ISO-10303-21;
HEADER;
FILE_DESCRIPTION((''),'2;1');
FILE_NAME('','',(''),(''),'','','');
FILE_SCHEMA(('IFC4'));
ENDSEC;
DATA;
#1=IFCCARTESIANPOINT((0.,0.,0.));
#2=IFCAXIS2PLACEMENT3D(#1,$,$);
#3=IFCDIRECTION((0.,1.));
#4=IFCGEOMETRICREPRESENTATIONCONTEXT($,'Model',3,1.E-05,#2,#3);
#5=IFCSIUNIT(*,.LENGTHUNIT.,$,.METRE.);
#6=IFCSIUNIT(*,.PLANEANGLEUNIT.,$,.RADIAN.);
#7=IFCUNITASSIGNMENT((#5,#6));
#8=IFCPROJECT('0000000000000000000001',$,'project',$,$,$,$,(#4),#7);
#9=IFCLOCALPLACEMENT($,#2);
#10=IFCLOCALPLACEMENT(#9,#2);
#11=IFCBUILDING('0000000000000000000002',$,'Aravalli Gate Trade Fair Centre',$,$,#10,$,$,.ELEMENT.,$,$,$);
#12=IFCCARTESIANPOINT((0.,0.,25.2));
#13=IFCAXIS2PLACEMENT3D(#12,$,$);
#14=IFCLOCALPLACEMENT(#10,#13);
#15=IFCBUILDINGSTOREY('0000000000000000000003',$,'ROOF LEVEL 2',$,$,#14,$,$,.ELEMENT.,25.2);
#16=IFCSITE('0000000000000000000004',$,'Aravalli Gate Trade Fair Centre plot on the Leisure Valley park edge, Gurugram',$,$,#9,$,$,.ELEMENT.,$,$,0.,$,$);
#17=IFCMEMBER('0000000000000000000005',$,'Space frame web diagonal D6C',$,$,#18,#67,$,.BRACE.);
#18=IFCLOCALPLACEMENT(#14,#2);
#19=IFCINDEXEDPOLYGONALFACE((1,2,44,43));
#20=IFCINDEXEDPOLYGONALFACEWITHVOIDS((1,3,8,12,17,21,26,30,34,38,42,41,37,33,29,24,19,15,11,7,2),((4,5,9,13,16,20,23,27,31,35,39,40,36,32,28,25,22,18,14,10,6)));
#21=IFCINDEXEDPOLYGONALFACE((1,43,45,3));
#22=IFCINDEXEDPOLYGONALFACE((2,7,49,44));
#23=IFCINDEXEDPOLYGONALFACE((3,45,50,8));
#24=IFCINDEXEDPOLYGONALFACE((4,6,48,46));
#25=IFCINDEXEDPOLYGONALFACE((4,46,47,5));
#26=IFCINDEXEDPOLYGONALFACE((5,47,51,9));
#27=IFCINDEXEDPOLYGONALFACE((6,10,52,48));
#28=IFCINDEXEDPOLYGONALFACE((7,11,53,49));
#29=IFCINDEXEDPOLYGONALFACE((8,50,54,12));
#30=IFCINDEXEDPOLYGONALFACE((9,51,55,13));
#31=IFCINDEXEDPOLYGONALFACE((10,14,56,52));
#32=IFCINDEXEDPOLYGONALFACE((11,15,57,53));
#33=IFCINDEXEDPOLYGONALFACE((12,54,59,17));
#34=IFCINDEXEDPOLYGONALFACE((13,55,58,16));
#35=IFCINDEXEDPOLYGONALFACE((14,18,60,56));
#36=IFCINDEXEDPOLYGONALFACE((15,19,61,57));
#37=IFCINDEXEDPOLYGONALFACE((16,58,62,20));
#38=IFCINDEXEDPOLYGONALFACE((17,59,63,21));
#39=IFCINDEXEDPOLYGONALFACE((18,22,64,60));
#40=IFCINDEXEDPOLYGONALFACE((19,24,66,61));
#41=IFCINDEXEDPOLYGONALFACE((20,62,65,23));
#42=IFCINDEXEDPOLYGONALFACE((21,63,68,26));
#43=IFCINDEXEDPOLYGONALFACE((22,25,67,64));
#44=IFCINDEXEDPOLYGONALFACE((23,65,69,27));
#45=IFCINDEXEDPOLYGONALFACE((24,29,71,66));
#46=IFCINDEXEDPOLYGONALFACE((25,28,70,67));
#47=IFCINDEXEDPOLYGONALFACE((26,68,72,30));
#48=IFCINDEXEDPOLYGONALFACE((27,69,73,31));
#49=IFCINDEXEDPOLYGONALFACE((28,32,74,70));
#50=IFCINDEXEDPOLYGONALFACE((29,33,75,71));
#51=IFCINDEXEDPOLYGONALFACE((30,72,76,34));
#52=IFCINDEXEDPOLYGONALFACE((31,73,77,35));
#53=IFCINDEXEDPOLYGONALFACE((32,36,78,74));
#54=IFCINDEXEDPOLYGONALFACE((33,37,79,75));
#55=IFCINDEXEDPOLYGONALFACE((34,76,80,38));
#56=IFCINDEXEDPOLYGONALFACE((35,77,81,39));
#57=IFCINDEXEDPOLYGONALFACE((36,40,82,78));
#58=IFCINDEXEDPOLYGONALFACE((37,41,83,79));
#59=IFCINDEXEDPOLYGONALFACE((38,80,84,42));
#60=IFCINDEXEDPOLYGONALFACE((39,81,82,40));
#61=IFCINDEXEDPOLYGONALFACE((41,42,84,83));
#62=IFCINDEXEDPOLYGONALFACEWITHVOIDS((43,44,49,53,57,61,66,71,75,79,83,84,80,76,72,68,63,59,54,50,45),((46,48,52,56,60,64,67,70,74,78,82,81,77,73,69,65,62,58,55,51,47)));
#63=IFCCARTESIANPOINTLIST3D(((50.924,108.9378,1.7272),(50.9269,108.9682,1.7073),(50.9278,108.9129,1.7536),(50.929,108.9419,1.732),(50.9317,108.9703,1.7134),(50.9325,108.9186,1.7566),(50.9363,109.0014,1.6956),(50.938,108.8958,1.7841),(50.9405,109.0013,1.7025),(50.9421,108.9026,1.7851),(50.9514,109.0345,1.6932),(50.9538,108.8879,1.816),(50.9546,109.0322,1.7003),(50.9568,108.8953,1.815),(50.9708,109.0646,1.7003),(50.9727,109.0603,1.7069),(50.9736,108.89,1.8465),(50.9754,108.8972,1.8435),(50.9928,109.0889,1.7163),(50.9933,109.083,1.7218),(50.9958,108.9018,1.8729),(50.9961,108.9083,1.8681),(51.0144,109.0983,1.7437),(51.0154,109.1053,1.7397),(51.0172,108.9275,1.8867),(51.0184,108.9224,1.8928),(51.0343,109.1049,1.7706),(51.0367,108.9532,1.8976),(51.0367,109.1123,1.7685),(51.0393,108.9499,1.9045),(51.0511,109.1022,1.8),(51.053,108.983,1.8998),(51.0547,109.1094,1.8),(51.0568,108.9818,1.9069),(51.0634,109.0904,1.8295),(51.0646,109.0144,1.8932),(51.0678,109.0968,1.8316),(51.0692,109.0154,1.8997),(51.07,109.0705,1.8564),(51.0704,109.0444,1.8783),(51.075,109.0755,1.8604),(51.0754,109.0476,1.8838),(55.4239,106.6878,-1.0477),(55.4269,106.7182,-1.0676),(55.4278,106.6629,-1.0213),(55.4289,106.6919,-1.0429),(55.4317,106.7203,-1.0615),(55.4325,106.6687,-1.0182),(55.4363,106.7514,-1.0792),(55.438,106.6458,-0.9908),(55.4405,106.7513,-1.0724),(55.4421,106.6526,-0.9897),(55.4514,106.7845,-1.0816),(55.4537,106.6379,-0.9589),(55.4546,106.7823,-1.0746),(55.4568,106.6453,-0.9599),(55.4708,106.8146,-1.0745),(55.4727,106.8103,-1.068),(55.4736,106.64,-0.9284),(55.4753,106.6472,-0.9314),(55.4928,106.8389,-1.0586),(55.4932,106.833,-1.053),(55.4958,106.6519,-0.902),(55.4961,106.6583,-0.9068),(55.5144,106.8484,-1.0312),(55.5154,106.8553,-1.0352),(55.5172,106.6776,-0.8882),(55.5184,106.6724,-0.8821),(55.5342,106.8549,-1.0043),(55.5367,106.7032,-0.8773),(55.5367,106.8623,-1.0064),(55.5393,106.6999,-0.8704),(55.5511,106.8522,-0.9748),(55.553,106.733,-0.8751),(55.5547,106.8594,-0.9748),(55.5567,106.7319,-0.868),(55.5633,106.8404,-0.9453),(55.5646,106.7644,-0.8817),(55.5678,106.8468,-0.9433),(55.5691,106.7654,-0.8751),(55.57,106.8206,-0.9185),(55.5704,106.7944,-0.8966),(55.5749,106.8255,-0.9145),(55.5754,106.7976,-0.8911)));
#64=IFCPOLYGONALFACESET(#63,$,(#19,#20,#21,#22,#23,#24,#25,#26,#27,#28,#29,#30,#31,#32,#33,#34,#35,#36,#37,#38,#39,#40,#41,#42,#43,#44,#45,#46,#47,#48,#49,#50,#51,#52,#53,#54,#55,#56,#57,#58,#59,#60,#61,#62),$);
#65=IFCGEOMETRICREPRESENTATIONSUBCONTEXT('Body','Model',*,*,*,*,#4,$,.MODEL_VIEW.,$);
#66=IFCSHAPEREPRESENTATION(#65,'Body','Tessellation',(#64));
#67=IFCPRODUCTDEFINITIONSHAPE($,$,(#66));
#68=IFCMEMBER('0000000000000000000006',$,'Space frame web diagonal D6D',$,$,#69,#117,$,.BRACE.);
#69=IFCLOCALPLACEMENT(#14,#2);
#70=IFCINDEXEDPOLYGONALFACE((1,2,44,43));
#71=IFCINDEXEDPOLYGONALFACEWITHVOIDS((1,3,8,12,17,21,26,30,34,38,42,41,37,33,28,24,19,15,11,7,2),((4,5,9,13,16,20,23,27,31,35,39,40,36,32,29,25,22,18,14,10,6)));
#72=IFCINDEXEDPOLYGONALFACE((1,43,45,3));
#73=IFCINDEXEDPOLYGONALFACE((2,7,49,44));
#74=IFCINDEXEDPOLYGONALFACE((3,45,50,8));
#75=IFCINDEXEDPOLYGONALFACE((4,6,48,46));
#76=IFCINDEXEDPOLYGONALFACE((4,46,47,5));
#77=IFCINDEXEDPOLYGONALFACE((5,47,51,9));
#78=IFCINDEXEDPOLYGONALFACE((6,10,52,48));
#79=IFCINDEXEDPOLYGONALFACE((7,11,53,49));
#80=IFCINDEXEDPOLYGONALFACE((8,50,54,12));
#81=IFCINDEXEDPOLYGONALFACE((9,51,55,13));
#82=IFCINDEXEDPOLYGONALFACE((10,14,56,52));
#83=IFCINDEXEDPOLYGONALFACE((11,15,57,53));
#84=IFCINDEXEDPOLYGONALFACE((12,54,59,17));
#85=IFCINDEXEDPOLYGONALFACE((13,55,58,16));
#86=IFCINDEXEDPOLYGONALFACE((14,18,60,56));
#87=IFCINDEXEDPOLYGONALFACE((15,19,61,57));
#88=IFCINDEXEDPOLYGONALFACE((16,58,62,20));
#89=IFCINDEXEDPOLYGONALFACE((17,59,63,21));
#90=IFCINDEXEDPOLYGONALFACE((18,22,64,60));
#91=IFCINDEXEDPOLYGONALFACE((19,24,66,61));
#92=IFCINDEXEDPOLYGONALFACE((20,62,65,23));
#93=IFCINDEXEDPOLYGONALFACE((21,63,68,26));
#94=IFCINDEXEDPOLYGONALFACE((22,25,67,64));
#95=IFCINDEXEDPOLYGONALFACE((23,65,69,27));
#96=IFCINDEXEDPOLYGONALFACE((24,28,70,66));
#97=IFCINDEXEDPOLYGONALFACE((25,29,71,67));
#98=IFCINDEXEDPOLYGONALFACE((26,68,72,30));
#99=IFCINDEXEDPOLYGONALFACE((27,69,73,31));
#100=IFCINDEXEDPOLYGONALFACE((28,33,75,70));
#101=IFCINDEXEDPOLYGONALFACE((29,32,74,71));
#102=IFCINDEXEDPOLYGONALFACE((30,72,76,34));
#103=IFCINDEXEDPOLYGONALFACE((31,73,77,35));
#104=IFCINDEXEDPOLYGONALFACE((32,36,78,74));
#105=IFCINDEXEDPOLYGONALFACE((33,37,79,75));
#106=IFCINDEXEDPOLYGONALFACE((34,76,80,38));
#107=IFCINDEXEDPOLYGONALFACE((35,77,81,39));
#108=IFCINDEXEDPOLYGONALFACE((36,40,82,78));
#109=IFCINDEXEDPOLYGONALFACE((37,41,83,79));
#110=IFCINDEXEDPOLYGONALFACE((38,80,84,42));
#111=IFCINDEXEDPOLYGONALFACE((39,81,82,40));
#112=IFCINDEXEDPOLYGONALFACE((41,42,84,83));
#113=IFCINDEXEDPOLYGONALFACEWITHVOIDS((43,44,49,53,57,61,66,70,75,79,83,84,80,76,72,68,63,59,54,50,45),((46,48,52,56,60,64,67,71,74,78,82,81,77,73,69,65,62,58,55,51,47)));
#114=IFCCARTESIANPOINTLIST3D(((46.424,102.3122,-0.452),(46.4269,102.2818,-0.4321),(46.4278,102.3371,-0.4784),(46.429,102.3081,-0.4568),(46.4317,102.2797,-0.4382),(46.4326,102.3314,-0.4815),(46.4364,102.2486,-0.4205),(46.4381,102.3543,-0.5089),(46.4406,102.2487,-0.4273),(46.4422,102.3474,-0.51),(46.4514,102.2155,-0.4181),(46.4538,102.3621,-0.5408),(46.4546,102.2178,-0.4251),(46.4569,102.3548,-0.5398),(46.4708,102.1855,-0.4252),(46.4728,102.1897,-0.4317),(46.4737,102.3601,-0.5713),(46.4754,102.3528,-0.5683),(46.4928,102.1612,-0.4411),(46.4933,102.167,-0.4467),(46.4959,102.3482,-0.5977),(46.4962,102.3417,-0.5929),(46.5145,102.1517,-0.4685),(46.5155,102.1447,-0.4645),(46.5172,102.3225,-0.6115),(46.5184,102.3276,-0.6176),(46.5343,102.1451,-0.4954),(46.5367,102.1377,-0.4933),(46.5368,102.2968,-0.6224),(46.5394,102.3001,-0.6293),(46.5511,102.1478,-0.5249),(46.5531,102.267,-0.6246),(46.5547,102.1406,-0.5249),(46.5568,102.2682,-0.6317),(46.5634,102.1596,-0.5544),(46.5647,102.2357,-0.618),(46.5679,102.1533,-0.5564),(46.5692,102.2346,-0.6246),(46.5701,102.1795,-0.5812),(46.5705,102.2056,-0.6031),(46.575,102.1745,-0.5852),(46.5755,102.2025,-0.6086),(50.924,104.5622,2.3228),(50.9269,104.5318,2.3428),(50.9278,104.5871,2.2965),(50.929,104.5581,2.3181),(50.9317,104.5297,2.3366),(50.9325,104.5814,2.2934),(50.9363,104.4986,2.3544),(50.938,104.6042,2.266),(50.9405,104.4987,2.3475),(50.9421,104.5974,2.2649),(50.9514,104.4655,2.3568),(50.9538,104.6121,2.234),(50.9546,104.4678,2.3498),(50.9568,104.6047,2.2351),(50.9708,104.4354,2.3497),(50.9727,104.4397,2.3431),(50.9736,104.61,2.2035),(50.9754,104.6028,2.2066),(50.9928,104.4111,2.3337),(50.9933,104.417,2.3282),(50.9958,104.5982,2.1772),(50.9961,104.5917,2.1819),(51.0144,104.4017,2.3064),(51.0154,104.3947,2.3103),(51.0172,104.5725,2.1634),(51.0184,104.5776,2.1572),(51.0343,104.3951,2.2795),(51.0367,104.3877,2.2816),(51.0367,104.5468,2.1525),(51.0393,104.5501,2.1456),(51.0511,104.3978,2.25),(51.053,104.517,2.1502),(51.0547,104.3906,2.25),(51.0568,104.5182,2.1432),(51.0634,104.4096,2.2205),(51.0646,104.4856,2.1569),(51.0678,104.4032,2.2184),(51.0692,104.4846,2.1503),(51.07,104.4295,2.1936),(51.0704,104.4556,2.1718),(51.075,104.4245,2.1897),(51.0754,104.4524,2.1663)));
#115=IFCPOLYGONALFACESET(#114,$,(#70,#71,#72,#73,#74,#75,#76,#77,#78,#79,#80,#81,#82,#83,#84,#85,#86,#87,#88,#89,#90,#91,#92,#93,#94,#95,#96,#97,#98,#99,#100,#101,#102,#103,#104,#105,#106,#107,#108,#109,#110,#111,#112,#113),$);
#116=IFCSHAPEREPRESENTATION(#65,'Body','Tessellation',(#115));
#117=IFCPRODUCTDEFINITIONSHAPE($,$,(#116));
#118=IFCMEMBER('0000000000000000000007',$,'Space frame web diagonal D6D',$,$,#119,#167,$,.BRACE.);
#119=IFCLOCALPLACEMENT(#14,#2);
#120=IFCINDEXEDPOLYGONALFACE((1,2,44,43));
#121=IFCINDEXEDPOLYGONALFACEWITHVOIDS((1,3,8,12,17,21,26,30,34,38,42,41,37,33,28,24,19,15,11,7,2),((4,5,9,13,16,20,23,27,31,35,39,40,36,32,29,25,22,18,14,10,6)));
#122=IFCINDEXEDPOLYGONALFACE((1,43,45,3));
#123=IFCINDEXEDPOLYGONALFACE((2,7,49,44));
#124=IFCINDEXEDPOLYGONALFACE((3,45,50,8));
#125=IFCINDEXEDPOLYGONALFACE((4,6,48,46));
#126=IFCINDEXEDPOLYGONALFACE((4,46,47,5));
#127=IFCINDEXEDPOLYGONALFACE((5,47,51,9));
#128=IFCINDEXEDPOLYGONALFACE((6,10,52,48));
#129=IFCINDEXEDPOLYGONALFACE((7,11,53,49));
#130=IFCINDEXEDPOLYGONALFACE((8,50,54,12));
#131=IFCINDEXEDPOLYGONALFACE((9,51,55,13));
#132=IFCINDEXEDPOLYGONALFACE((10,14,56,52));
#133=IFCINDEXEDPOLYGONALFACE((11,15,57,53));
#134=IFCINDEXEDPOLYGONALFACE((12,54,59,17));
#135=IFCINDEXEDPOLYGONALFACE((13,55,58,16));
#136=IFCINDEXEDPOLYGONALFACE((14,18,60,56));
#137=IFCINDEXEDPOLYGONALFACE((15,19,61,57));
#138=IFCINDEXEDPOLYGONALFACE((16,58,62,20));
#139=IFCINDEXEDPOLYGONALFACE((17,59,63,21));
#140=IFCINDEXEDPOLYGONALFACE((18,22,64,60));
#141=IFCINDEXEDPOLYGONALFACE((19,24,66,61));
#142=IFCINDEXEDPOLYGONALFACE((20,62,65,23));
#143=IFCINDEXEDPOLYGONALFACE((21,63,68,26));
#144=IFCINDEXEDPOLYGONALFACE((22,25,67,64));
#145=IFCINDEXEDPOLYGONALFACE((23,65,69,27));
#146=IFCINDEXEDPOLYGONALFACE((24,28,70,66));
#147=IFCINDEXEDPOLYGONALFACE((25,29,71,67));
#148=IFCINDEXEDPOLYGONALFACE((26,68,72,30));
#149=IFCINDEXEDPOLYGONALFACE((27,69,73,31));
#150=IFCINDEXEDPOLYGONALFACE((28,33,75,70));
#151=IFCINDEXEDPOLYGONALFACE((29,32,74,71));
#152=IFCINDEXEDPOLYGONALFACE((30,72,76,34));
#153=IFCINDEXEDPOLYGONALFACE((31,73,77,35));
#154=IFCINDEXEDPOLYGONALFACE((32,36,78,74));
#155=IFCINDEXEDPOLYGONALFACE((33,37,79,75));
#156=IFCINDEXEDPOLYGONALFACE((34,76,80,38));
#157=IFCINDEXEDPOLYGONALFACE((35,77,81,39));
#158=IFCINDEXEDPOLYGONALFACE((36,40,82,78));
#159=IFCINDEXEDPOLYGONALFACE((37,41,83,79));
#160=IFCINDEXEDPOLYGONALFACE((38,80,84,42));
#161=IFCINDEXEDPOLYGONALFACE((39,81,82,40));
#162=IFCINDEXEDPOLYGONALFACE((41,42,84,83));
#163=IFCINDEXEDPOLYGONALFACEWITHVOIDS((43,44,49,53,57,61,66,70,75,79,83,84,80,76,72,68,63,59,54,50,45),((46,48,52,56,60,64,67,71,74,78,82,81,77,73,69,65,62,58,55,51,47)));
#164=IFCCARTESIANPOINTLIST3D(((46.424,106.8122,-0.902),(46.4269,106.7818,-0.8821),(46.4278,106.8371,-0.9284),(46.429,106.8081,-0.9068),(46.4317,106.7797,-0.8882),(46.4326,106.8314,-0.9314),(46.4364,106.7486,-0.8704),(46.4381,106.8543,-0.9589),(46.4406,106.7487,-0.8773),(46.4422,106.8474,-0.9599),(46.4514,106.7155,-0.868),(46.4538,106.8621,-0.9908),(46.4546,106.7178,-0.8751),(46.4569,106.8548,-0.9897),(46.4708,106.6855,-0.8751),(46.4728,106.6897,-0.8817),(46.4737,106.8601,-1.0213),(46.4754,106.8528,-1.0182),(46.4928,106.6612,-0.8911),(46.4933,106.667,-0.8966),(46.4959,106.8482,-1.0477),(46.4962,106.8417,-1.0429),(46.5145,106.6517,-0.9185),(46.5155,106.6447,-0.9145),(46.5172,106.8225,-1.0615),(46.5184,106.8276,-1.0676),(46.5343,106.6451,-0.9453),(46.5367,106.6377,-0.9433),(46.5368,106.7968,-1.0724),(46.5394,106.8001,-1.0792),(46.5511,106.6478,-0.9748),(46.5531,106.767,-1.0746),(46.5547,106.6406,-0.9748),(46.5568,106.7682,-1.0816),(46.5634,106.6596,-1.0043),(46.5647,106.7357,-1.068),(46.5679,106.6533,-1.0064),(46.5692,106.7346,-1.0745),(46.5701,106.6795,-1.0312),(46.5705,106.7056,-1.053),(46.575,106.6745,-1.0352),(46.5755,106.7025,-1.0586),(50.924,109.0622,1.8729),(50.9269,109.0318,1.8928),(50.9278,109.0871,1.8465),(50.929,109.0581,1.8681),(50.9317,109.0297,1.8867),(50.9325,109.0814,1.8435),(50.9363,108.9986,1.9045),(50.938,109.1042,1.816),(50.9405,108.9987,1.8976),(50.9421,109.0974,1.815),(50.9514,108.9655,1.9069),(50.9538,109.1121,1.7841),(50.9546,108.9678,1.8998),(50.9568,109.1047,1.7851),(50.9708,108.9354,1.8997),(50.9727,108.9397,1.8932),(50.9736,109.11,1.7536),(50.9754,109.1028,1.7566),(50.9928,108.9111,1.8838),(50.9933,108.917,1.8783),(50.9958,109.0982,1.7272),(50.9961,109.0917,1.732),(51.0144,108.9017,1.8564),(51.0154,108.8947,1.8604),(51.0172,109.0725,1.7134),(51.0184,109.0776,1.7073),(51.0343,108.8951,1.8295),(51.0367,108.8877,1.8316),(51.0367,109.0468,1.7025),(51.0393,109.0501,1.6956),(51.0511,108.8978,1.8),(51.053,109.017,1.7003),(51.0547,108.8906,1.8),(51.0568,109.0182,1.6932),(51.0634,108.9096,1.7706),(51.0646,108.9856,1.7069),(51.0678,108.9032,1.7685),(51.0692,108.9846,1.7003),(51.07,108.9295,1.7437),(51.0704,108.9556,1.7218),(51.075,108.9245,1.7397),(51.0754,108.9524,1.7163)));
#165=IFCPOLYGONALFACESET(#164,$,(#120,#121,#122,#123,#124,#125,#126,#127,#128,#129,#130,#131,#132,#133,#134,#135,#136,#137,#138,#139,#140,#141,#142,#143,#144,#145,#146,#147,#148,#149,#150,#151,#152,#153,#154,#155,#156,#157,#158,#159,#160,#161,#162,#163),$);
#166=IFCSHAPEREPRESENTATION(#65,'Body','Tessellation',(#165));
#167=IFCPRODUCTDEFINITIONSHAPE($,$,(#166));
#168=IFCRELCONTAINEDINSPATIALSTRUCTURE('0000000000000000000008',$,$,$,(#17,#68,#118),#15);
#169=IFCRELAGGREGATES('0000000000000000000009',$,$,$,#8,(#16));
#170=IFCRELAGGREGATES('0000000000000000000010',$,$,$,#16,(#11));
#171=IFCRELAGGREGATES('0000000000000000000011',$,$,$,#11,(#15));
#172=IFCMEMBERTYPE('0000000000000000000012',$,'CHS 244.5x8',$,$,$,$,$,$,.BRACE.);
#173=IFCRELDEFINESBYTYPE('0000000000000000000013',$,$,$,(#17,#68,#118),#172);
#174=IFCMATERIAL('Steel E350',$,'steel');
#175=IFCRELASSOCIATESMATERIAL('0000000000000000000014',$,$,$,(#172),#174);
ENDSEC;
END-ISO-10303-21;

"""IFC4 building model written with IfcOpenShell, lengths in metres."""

from ifc_helpers import new_model, si_unit, direction, frame, origin, origin_2d, place, context, subcontext, project, spatial, hollow_circle, extrude, material, material_profile, profile_set, type_object, element, save


model = new_model("IFC4")

# Units and contexts
model_context = context("Model", 3, precision=1e-05, world=origin(), true_north=direction((0.0, 1.0)))
body_context = subcontext(model_context, "Body", "Model", "MODEL_VIEW")
ifc_project = project(units=[si_unit("LENGTHUNIT", "METRE"), si_unit("PLANEANGLEUNIT", "RADIAN")], contexts=[model_context])

# Site, building, storey
site_placement = place(None, origin())
site = spatial("IfcSite", under=ifc_project, at=site_placement, Name="Aravalli Gate Trade Fair Centre plot on the Leisure Valley park edge, Gurugram", CompositionType="ELEMENT", RefElevation=0.0)
building_placement = place(site_placement, origin())
building = spatial("IfcBuilding", under=site, at=building_placement, Name="Aravalli Gate Trade Fair Centre", CompositionType="ELEMENT")
storey_placement = place(building_placement, frame((0.0, 0.0, 25.2)))
storey = spatial("IfcBuildingStorey", under=building, at=storey_placement, Name="ROOF LEVEL 2", CompositionType="ELEMENT", Elevation=25.2)

# Members
ifc_material_1 = material(Name="Steel E350", Category="steel")
ifc_material_profile_1 = material_profile(ifc_material_1, hollow_circle(Radius=0.1223, WallThickness=0.0081, at=origin_2d()), Name="CHS 244.5x8")
ifc_profile_set_1 = profile_set([ifc_material_profile_1], Name="Steel E350")
member_type_1 = type_object("IfcMemberType", Name="CHS 244.5x8", PredefinedType="BRACE", material=ifc_profile_set_1)
for number, where, z_axis, x_axis, name in (
    (1, (51.0, 109.0, 1.8), (0.7832, -0.3916, -0.482956), (0.447214, 0.894427, 0.0), "Space frame web diagonal D6C"),
    (2, (51.0, 104.5, 2.25), (-0.7832, -0.3916, -0.482956), (0.447214, -0.894427, 0.0), "Space frame web diagonal D6D"),
    (3, (51.0, 109.0, 1.8), (-0.7832, -0.3916, -0.482956), (0.447214, -0.894427, 0.0), "Space frame web diagonal D6D"),
):
    element("IfcMember", number, at=place(storey_placement, frame(where, z_axis=z_axis, x_axis=x_axis)), inside=storey, type_object=member_type_1, Name=name, PredefinedType="BRACE", context=body_context, shape_type="SweptSolid", body=[
        extrude(hollow_circle(Radius=0.1223, WallThickness=0.0081, at=origin_2d()), origin(), (0.0, 0.0, 1.0), 5.7456),
    ])

save(model, "model.ifc")
